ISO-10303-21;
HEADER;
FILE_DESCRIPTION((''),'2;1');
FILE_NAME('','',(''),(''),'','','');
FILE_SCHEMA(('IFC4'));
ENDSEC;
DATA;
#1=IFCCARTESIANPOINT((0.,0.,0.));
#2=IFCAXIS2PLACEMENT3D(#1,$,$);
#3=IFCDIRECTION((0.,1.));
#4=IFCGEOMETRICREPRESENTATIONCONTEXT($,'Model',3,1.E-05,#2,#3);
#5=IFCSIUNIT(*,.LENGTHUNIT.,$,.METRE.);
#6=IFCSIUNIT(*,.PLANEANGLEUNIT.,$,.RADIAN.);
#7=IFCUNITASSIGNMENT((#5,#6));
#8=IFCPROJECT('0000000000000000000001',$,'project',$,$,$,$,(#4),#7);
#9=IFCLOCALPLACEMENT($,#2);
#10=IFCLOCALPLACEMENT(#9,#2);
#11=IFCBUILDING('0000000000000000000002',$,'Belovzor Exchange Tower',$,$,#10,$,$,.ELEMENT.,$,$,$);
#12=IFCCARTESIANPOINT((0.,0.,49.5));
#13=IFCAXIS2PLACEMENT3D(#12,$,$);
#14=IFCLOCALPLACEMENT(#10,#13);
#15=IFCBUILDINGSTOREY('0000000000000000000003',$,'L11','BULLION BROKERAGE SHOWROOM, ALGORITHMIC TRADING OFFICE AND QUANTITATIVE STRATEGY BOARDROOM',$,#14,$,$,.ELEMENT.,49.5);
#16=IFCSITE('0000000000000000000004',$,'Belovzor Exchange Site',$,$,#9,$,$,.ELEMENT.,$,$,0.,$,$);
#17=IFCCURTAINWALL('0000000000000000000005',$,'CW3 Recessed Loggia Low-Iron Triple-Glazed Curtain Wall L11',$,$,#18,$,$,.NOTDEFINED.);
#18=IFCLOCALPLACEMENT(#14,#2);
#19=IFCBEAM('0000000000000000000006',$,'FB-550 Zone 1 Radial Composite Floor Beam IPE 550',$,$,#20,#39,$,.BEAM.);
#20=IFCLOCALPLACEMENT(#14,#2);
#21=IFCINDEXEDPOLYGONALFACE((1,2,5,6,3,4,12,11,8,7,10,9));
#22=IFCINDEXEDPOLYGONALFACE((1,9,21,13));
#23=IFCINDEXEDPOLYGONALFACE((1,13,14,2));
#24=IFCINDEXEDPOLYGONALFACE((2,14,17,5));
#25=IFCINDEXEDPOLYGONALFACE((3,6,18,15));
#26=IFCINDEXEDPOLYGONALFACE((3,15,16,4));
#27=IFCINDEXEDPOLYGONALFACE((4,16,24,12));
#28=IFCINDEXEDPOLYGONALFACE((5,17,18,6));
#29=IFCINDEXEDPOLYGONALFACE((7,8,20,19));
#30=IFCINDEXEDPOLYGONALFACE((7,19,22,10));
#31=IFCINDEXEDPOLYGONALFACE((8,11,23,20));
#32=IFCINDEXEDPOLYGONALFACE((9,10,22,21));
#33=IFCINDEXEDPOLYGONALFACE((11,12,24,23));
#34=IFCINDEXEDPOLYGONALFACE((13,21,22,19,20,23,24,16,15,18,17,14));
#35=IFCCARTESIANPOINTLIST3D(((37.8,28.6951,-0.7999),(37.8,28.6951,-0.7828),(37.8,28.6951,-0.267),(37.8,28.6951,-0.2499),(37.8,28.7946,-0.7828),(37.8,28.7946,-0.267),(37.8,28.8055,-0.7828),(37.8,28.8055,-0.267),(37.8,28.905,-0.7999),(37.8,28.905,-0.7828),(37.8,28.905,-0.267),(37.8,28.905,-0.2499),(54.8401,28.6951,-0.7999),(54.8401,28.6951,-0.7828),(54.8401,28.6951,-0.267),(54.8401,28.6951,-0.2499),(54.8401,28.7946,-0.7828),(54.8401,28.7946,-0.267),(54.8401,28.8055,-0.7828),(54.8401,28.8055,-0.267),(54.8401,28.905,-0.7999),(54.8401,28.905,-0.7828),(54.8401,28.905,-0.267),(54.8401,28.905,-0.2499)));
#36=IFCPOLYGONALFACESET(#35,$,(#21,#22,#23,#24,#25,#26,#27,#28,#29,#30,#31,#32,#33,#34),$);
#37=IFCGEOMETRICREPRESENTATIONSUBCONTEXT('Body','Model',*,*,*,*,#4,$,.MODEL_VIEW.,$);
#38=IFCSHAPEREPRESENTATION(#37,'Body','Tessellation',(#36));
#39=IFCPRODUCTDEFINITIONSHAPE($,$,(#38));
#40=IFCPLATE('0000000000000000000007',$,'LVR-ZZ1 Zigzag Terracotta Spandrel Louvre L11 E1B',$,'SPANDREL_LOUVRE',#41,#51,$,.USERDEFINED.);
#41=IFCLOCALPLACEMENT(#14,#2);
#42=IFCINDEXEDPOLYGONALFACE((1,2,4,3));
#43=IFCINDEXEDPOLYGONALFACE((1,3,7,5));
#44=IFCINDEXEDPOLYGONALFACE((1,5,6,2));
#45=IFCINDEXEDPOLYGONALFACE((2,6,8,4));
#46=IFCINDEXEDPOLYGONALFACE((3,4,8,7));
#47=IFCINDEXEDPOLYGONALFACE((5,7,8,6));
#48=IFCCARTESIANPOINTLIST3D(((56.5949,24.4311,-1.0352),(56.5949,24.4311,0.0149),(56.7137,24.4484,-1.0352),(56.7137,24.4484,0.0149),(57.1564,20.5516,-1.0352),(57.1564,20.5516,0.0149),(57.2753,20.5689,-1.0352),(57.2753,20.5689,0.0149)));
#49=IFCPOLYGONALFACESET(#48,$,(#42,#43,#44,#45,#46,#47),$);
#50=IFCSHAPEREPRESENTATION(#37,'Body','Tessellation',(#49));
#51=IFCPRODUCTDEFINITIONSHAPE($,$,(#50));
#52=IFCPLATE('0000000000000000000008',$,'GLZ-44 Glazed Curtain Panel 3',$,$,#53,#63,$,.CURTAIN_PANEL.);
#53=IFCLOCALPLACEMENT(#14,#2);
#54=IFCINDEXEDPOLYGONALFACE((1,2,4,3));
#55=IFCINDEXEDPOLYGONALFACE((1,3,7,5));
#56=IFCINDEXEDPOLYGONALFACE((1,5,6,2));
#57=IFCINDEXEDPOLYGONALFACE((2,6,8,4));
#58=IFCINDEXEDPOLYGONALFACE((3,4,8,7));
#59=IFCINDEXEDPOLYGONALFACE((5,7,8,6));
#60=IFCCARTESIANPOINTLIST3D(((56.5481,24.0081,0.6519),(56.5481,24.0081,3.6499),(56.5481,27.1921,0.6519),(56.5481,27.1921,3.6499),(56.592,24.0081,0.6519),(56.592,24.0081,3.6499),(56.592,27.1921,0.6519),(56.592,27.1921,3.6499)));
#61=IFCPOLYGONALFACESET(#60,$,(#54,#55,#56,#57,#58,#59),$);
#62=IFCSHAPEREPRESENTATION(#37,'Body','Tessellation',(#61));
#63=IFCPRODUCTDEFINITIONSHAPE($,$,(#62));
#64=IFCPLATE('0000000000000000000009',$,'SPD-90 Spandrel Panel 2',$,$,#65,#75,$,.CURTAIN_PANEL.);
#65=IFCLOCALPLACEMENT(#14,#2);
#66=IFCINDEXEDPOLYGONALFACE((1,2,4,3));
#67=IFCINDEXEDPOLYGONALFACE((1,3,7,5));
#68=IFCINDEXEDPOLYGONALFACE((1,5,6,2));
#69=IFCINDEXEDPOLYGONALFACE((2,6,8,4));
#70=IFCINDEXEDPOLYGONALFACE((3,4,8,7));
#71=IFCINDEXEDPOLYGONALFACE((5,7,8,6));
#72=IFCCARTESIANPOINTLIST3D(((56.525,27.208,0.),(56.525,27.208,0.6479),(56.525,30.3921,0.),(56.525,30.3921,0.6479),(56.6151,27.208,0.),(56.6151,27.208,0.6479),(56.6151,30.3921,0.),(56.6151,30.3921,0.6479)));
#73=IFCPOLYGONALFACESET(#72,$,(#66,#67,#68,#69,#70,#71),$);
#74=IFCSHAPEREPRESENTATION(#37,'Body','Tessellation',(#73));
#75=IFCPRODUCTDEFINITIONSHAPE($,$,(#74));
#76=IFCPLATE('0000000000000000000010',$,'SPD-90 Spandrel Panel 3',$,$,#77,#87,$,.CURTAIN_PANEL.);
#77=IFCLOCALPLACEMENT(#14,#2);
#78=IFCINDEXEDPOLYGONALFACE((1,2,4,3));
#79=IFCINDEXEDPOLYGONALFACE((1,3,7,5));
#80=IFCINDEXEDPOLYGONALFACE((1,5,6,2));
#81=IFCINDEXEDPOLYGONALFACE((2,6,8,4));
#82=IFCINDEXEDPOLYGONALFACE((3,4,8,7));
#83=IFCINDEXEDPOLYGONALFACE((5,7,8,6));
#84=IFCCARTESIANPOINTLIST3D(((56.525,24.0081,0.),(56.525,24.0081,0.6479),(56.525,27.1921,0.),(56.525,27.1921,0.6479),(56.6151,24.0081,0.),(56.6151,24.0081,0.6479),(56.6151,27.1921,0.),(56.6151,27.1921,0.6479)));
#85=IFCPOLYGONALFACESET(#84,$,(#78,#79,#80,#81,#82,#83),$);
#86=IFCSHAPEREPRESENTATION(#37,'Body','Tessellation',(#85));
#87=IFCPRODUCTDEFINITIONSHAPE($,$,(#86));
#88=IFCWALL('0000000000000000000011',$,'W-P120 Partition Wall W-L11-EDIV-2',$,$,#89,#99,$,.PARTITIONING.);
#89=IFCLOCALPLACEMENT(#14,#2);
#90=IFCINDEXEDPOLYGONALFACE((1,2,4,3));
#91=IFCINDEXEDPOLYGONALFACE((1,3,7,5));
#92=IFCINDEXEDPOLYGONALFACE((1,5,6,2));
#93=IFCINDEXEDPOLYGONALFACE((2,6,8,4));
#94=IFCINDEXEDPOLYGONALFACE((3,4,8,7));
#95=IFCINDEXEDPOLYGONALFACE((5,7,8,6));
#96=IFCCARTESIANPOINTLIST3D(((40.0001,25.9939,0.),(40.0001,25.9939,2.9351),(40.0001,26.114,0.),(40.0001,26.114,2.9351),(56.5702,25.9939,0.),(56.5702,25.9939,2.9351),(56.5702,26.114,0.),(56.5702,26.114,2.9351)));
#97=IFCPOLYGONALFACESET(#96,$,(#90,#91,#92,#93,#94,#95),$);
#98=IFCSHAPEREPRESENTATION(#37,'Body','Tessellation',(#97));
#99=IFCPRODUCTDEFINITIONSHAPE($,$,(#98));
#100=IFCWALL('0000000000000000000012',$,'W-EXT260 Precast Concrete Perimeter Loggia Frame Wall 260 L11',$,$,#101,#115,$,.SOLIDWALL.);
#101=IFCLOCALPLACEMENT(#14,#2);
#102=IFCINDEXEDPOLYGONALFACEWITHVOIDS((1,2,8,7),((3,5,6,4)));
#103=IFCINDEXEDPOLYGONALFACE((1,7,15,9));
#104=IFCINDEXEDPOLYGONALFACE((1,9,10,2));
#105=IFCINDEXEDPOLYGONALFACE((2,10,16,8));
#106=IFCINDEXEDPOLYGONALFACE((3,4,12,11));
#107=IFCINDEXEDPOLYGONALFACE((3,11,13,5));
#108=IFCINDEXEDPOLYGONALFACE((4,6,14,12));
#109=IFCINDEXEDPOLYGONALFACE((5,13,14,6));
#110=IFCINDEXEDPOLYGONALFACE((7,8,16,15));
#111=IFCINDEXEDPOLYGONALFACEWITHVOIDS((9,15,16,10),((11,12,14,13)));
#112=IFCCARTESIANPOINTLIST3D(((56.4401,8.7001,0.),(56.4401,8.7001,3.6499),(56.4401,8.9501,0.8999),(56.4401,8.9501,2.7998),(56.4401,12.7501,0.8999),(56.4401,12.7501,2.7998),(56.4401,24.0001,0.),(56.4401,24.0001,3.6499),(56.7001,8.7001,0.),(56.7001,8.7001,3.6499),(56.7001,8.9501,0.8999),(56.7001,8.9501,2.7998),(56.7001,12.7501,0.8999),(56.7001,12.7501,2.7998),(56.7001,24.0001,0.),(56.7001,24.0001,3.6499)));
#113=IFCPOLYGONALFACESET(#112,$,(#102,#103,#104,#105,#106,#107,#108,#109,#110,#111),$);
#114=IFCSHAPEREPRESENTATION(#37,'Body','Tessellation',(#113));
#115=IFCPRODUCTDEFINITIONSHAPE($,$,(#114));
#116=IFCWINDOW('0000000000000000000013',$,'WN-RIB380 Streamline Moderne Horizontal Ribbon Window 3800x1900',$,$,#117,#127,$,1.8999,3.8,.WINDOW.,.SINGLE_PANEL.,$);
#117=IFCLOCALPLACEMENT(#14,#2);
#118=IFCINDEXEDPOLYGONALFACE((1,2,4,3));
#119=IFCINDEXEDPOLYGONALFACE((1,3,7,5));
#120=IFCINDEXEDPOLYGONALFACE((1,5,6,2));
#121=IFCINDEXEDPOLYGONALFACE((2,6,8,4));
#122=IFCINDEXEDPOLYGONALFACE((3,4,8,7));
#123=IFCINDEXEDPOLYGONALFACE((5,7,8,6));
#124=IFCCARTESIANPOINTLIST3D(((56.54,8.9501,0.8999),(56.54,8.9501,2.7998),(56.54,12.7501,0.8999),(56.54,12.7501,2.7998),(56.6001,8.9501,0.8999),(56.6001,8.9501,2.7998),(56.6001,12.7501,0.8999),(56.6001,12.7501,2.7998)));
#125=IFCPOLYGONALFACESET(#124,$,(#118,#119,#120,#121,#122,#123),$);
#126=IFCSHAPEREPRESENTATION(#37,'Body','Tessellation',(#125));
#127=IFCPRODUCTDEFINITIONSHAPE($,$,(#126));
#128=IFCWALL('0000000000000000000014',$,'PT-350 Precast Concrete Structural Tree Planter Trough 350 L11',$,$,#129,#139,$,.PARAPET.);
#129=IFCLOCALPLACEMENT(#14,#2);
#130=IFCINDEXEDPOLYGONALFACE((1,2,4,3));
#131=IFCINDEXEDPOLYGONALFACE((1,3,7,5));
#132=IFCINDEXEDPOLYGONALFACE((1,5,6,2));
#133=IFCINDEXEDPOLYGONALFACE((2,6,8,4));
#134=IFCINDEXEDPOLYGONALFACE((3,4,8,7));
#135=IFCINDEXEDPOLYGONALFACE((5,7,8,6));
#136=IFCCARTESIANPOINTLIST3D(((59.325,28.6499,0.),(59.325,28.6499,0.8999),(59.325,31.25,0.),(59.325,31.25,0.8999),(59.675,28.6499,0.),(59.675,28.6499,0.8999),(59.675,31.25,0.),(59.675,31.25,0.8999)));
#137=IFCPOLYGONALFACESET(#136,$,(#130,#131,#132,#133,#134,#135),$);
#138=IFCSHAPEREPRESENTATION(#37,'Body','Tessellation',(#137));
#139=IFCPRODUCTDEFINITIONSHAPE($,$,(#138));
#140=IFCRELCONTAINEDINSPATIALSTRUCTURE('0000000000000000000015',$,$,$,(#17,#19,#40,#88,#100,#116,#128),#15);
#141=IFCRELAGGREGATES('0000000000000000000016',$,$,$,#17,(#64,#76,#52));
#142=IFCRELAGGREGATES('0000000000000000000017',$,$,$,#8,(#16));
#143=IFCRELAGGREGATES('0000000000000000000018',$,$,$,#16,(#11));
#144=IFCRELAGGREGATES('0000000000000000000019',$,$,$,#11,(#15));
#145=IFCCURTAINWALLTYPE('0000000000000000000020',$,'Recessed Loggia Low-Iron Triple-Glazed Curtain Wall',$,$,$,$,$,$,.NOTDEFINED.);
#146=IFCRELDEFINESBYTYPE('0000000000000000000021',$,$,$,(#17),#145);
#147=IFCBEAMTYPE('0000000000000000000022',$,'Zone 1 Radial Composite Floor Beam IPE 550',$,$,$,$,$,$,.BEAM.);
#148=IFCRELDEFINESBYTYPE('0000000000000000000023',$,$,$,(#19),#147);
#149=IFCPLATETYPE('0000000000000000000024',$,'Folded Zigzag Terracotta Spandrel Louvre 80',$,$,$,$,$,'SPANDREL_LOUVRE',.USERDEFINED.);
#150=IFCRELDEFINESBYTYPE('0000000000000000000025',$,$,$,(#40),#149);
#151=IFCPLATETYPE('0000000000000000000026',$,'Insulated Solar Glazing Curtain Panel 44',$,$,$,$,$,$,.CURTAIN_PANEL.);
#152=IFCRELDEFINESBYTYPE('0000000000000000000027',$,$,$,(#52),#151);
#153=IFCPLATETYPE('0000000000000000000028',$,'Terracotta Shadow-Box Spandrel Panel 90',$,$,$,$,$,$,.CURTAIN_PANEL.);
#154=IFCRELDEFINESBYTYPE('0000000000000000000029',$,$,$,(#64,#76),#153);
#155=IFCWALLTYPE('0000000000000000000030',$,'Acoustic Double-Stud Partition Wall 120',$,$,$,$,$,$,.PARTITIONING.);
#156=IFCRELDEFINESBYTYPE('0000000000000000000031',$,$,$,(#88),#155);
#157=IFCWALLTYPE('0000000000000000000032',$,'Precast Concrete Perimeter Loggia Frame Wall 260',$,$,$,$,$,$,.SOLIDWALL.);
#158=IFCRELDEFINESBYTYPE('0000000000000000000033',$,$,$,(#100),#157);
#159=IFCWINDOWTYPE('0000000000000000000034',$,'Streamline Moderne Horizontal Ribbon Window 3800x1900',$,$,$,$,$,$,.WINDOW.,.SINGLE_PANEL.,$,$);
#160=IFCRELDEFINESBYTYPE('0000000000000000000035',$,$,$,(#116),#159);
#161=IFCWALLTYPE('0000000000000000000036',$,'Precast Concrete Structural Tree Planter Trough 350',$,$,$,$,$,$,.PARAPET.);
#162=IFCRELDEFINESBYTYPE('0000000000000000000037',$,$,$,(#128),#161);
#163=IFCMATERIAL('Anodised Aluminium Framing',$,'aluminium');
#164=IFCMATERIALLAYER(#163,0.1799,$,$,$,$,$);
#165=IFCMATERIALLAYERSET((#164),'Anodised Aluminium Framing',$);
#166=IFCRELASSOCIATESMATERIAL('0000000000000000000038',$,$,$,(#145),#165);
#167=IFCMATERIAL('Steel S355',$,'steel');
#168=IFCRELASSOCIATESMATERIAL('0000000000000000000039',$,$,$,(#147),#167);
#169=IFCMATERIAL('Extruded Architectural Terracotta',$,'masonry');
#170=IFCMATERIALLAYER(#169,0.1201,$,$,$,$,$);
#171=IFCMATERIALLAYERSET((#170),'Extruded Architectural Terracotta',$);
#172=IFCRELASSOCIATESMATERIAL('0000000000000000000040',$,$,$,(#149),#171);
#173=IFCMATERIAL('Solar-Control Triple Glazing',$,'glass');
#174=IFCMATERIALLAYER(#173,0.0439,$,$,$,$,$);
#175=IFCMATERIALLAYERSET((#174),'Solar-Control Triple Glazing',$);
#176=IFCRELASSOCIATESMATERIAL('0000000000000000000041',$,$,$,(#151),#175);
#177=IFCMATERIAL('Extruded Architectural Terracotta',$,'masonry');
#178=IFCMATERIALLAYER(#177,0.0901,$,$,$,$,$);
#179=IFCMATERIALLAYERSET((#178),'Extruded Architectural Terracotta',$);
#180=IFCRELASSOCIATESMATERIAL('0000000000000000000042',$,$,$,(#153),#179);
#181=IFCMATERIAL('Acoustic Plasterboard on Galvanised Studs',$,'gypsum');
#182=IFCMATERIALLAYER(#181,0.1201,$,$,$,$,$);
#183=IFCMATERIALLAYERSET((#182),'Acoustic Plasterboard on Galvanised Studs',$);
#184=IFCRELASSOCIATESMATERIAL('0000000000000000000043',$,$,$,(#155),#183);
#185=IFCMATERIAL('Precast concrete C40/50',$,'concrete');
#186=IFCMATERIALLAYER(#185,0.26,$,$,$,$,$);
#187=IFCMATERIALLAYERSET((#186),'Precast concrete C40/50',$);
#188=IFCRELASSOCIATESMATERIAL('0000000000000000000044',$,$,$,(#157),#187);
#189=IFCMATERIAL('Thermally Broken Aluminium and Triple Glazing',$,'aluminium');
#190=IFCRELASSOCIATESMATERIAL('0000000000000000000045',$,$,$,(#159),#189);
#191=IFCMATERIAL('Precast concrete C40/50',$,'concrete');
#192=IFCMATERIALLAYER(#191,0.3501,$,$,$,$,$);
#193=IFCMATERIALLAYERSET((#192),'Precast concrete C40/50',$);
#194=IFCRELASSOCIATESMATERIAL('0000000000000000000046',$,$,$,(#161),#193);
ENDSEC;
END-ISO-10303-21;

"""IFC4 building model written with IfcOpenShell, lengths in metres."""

from ifc_helpers import new_model, si_unit, direction, frame, frame_2d, origin, origin_2d, place, context, subcontext, project, spatial, rectangle, i_section, extrude, material, layer, layer_set, material_profile, profile_set, type_object, element, fill, aggregate, save


model = new_model("IFC4")

# Units and contexts
model_context = context("Model", 3, precision=1e-05, world=origin(), true_north=direction((0.0, 1.0)))
body_context = subcontext(model_context, "Body", "Model", "MODEL_VIEW")
ifc_project = project(units=[si_unit("LENGTHUNIT", "METRE"), si_unit("PLANEANGLEUNIT", "RADIAN")], contexts=[model_context])

# Site, building, storey
site_placement = place(None, origin())
site = spatial("IfcSite", under=ifc_project, at=site_placement, Name="Belovzor Exchange Site", CompositionType="ELEMENT", RefElevation=0.0)
building_placement = place(site_placement, origin())
building = spatial("IfcBuilding", under=site, at=building_placement, Name="Belovzor Exchange Tower", CompositionType="ELEMENT")
storey_placement = place(building_placement, frame((0.0, 0.0, 49.5)))
storey = spatial("IfcBuildingStorey", under=building, at=storey_placement, Name="L11", Description="BULLION BROKERAGE SHOWROOM, ALGORITHMIC TRADING OFFICE AND QUANTITATIVE STRATEGY BOARDROOM", CompositionType="ELEMENT", Elevation=49.5)

# Curtain wall
ifc_material_1 = material(Name="Anodised Aluminium Framing", Category="aluminium")
ifc_layer_1 = layer(ifc_material_1, 0.1799)
ifc_layer_set_1 = layer_set([ifc_layer_1], Name="Anodised Aluminium Framing")
curtain_wall_type = type_object("IfcCurtainWallType", Name="Recessed Loggia Low-Iron Triple-Glazed Curtain Wall", PredefinedType="NOTDEFINED", material=ifc_layer_set_1)
curtain_wall_placement = place(storey_placement, origin())
curtain_wall = element("IfcCurtainWall", 1, at=curtain_wall_placement, inside=storey, type_object=curtain_wall_type, Name="CW3 Recessed Loggia Low-Iron Triple-Glazed Curtain Wall L11", PredefinedType="NOTDEFINED")

# Beam
ifc_material_2 = material(Name="Steel S355", Category="steel")
ifc_material_profile_1 = material_profile(ifc_material_2, i_section(OverallWidth=0.21, OverallDepth=0.55, WebThickness=0.011, FlangeThickness=0.0171, at=origin_2d()))
ifc_profile_set_1 = profile_set([ifc_material_profile_1], Name="Steel S355")
beam_type_1 = type_object("IfcBeamType", Name="Zone 1 Radial Composite Floor Beam IPE 550", PredefinedType="BEAM", material=ifc_profile_set_1)
beam_1_placement = place(storey_placement, frame((37.8, 28.8, -0.5249), z_axis=(1.0, 0.0, 0.0), x_axis=(0.0, 1.0, 0.0)))
element("IfcBeam", 2, at=beam_1_placement, inside=storey, type_object=beam_type_1, Name="FB-550 Zone 1 Radial Composite Floor Beam IPE 550", PredefinedType="BEAM", context=body_context, shape_type="SweptSolid", body=[
    extrude(i_section(OverallWidth=0.21, OverallDepth=0.55, WebThickness=0.011, FlangeThickness=0.0171, at=origin_2d()), origin(), (0.0, 0.0, 1.0), 17.04),
])

# Plates
ifc_material_3 = material(Name="Extruded Architectural Terracotta", Category="masonry")
ifc_layer_2 = layer(ifc_material_3, 0.1201)
ifc_layer_set_2 = layer_set([ifc_layer_2], Name="Extruded Architectural Terracotta")
plate_type_1 = type_object("IfcPlateType", Name="Folded Zigzag Terracotta Spandrel Louvre 80", ElementType="SPANDREL_LOUVRE", PredefinedType="USERDEFINED", material=ifc_layer_set_2)
plate_1_placement = place(storey_placement, frame((56.9351, 22.5, -1.0352), z_axis=(0.0, 0.0, 1.0), x_axis=(-0.143251, 0.989686, 0.0)))
element("IfcPlate", 3, at=plate_1_placement, inside=storey, type_object=plate_type_1, Name="LVR-ZZ1 Zigzag Terracotta Spandrel Louvre L11 E1B", ObjectType="SPANDREL_LOUVRE", PredefinedType="USERDEFINED", context=body_context, shape_type="SweptSolid", body=[
    extrude(rectangle(XDim=3.9199, YDim=0.1201, at=origin_2d()), origin(), (0.0, 0.0, 1.0), 1.05),
])
ifc_material_4 = material(Name="Solar-Control Triple Glazing", Category="glass")
ifc_layer_3 = layer(ifc_material_4, 0.0439)
ifc_layer_set_3 = layer_set([ifc_layer_3], Name="Solar-Control Triple Glazing")
plate_type_2 = type_object("IfcPlateType", Name="Insulated Solar Glazing Curtain Panel 44", PredefinedType="CURTAIN_PANEL", material=ifc_layer_set_3)
plate_2_placement = place(storey_placement, frame((56.5701, 25.6001, 0.6519), z_axis=(0.0, 0.0, 1.0), x_axis=(0.0, -1.0, 0.0)))
plate_2 = element("IfcPlate", 4, at=plate_2_placement, type_object=plate_type_2, Name="GLZ-44 Glazed Curtain Panel 3", PredefinedType="CURTAIN_PANEL", context=body_context, shape_type="SweptSolid", body=[
    extrude(rectangle(XDim=3.1841, YDim=0.0439, at=origin_2d()), origin(), (0.0, 0.0, 1.0), 2.998),
])
ifc_material_5 = material(Name="Extruded Architectural Terracotta", Category="masonry")
ifc_layer_4 = layer(ifc_material_5, 0.0901)
ifc_layer_set_4 = layer_set([ifc_layer_4], Name="Extruded Architectural Terracotta")
plate_type_3 = type_object("IfcPlateType", Name="Terracotta Shadow-Box Spandrel Panel 90", PredefinedType="CURTAIN_PANEL", material=ifc_layer_set_4)
plate_3_placement = place(storey_placement, frame((56.5701, 28.8, 0.0), z_axis=(0.0, 0.0, 1.0), x_axis=(0.0, -1.0, 0.0)))
plate_3 = element("IfcPlate", 5, at=plate_3_placement, type_object=plate_type_3, Name="SPD-90 Spandrel Panel 2", PredefinedType="CURTAIN_PANEL", context=body_context, shape_type="SweptSolid", body=[
    extrude(rectangle(XDim=3.1841, YDim=0.0901, at=origin_2d()), origin(), (0.0, 0.0, 1.0), 0.6479),
])
plate_4_placement = place(storey_placement, frame((56.5701, 25.6001, 0.0), z_axis=(0.0, 0.0, 1.0), x_axis=(0.0, -1.0, 0.0)))
plate_4 = element("IfcPlate", 6, at=plate_4_placement, type_object=plate_type_3, Name="SPD-90 Spandrel Panel 3", PredefinedType="CURTAIN_PANEL", context=body_context, shape_type="SweptSolid", body=[
    extrude(rectangle(XDim=3.1841, YDim=0.0901, at=origin_2d()), origin(), (0.0, 0.0, 1.0), 0.6479),
])
aggregate(curtain_wall, [plate_3, plate_4, plate_2])

# Wall
ifc_material_6 = material(Name="Acoustic Plasterboard on Galvanised Studs", Category="gypsum")
ifc_layer_5 = layer(ifc_material_6, 0.1201)
ifc_layer_set_5 = layer_set([ifc_layer_5], Name="Acoustic Plasterboard on Galvanised Studs")
wall_type_1 = type_object("IfcWallType", Name="Acoustic Double-Stud Partition Wall 120", PredefinedType="PARTITIONING", material=ifc_layer_set_5)
wall_1_placement = place(storey_placement, frame((40.0, 26.054, 0.0), z_axis=(0.0, 0.0, 1.0), x_axis=(1.0, 0.0, 0.0)))
element("IfcWall", 7, at=wall_1_placement, inside=storey, type_object=wall_type_1, Name="W-P120 Partition Wall W-L11-EDIV-2", PredefinedType="PARTITIONING", context=body_context, shape_type="SweptSolid", body=[
    extrude(rectangle(XDim=16.5701, YDim=0.1201, at=frame_2d((8.2852, 0.0))), origin(), (0.0, 0.0, 1.0), 2.9351),
])

# Wall, opening, window
ifc_material_7 = material(Name="Precast concrete C40/50", Category="concrete")
ifc_layer_6 = layer(ifc_material_7, 0.26)
ifc_layer_set_6 = layer_set([ifc_layer_6], Name="Precast concrete C40/50")
wall_type_2 = type_object("IfcWallType", Name="Precast Concrete Perimeter Loggia Frame Wall 260", PredefinedType="SOLIDWALL", material=ifc_layer_set_6)
wall_2_placement = place(storey_placement, frame((56.5701, 24.0, 0.0), z_axis=(0.0, 0.0, 1.0), x_axis=(0.0, -1.0, 0.0)))
wall_2 = element("IfcWall", 8, at=wall_2_placement, inside=storey, type_object=wall_type_2, Name="W-EXT260 Precast Concrete Perimeter Loggia Frame Wall 260 L11", PredefinedType="SOLIDWALL", context=body_context, shape_type="SweptSolid", body=[
    extrude(rectangle(XDim=15.3, YDim=0.26, at=frame_2d((7.6499, 0.0))), origin(), (0.0, 0.0, 1.0), 3.6499),
])
opening_placement = place(wall_2_placement, frame((11.25, 0.0, 0.8999)))
opening = element("IfcOpeningElement", 9, at=opening_placement, cuts=wall_2, PredefinedType="OPENING", context=body_context, shape_type="SweptSolid", body=[
    extrude(rectangle(XDim=3.8, YDim=1.8999, at=frame_2d((1.8999, 0.95))), frame((0.0, 0.1399, 0.0), z_axis=(0.0, -1.0, 0.0), x_axis=(1.0, 0.0, 0.0)), (0.0, 0.0, 1.0), 0.28),
])
ifc_material_8 = material(Name="Thermally Broken Aluminium and Triple Glazing", Category="aluminium")
window_type = type_object("IfcWindowType", Name="Streamline Moderne Horizontal Ribbon Window 3800x1900", PartitioningType="SINGLE_PANEL", PredefinedType="WINDOW", material=ifc_material_8)
window_placement = place(opening_placement, origin())
window = element("IfcWindow", 10, at=window_placement, inside=storey, type_object=window_type, Name="WN-RIB380 Streamline Moderne Horizontal Ribbon Window 3800x1900", OverallHeight=1.8999, OverallWidth=3.8, PartitioningType="SINGLE_PANEL", PredefinedType="WINDOW", context=body_context, shape_type="SweptSolid", body=[
    extrude(rectangle(XDim=3.8, YDim=1.8999, at=frame_2d((1.8999, 0.95))), frame((0.0, 0.03, 0.0), z_axis=(0.0, -1.0, 0.0), x_axis=(1.0, 0.0, 0.0)), (0.0, 0.0, 1.0), 0.0601),
])
fill(opening, window)

# Wall
ifc_material_9 = material(Name="Precast concrete C40/50", Category="concrete")
ifc_layer_7 = layer(ifc_material_9, 0.3501)
ifc_layer_set_7 = layer_set([ifc_layer_7], Name="Precast concrete C40/50")
wall_type_3 = type_object("IfcWallType", Name="Precast Concrete Structural Tree Planter Trough 350", PredefinedType="PARAPET", material=ifc_layer_set_7)
wall_3_placement = place(storey_placement, frame((59.5, 28.6499, 0.0), z_axis=(0.0, 0.0, 1.0), x_axis=(0.0, 1.0, 0.0)))
element("IfcWall", 11, at=wall_3_placement, inside=storey, type_object=wall_type_3, Name="PT-350 Precast Concrete Structural Tree Planter Trough 350 L11", PredefinedType="PARAPET", context=body_context, shape_type="SweptSolid", body=[
    extrude(rectangle(XDim=2.6001, YDim=0.3501, at=frame_2d((1.3, 0.0))), origin(), (0.0, 0.0, 1.0), 0.8999),
])

save(model, "model.ifc")
